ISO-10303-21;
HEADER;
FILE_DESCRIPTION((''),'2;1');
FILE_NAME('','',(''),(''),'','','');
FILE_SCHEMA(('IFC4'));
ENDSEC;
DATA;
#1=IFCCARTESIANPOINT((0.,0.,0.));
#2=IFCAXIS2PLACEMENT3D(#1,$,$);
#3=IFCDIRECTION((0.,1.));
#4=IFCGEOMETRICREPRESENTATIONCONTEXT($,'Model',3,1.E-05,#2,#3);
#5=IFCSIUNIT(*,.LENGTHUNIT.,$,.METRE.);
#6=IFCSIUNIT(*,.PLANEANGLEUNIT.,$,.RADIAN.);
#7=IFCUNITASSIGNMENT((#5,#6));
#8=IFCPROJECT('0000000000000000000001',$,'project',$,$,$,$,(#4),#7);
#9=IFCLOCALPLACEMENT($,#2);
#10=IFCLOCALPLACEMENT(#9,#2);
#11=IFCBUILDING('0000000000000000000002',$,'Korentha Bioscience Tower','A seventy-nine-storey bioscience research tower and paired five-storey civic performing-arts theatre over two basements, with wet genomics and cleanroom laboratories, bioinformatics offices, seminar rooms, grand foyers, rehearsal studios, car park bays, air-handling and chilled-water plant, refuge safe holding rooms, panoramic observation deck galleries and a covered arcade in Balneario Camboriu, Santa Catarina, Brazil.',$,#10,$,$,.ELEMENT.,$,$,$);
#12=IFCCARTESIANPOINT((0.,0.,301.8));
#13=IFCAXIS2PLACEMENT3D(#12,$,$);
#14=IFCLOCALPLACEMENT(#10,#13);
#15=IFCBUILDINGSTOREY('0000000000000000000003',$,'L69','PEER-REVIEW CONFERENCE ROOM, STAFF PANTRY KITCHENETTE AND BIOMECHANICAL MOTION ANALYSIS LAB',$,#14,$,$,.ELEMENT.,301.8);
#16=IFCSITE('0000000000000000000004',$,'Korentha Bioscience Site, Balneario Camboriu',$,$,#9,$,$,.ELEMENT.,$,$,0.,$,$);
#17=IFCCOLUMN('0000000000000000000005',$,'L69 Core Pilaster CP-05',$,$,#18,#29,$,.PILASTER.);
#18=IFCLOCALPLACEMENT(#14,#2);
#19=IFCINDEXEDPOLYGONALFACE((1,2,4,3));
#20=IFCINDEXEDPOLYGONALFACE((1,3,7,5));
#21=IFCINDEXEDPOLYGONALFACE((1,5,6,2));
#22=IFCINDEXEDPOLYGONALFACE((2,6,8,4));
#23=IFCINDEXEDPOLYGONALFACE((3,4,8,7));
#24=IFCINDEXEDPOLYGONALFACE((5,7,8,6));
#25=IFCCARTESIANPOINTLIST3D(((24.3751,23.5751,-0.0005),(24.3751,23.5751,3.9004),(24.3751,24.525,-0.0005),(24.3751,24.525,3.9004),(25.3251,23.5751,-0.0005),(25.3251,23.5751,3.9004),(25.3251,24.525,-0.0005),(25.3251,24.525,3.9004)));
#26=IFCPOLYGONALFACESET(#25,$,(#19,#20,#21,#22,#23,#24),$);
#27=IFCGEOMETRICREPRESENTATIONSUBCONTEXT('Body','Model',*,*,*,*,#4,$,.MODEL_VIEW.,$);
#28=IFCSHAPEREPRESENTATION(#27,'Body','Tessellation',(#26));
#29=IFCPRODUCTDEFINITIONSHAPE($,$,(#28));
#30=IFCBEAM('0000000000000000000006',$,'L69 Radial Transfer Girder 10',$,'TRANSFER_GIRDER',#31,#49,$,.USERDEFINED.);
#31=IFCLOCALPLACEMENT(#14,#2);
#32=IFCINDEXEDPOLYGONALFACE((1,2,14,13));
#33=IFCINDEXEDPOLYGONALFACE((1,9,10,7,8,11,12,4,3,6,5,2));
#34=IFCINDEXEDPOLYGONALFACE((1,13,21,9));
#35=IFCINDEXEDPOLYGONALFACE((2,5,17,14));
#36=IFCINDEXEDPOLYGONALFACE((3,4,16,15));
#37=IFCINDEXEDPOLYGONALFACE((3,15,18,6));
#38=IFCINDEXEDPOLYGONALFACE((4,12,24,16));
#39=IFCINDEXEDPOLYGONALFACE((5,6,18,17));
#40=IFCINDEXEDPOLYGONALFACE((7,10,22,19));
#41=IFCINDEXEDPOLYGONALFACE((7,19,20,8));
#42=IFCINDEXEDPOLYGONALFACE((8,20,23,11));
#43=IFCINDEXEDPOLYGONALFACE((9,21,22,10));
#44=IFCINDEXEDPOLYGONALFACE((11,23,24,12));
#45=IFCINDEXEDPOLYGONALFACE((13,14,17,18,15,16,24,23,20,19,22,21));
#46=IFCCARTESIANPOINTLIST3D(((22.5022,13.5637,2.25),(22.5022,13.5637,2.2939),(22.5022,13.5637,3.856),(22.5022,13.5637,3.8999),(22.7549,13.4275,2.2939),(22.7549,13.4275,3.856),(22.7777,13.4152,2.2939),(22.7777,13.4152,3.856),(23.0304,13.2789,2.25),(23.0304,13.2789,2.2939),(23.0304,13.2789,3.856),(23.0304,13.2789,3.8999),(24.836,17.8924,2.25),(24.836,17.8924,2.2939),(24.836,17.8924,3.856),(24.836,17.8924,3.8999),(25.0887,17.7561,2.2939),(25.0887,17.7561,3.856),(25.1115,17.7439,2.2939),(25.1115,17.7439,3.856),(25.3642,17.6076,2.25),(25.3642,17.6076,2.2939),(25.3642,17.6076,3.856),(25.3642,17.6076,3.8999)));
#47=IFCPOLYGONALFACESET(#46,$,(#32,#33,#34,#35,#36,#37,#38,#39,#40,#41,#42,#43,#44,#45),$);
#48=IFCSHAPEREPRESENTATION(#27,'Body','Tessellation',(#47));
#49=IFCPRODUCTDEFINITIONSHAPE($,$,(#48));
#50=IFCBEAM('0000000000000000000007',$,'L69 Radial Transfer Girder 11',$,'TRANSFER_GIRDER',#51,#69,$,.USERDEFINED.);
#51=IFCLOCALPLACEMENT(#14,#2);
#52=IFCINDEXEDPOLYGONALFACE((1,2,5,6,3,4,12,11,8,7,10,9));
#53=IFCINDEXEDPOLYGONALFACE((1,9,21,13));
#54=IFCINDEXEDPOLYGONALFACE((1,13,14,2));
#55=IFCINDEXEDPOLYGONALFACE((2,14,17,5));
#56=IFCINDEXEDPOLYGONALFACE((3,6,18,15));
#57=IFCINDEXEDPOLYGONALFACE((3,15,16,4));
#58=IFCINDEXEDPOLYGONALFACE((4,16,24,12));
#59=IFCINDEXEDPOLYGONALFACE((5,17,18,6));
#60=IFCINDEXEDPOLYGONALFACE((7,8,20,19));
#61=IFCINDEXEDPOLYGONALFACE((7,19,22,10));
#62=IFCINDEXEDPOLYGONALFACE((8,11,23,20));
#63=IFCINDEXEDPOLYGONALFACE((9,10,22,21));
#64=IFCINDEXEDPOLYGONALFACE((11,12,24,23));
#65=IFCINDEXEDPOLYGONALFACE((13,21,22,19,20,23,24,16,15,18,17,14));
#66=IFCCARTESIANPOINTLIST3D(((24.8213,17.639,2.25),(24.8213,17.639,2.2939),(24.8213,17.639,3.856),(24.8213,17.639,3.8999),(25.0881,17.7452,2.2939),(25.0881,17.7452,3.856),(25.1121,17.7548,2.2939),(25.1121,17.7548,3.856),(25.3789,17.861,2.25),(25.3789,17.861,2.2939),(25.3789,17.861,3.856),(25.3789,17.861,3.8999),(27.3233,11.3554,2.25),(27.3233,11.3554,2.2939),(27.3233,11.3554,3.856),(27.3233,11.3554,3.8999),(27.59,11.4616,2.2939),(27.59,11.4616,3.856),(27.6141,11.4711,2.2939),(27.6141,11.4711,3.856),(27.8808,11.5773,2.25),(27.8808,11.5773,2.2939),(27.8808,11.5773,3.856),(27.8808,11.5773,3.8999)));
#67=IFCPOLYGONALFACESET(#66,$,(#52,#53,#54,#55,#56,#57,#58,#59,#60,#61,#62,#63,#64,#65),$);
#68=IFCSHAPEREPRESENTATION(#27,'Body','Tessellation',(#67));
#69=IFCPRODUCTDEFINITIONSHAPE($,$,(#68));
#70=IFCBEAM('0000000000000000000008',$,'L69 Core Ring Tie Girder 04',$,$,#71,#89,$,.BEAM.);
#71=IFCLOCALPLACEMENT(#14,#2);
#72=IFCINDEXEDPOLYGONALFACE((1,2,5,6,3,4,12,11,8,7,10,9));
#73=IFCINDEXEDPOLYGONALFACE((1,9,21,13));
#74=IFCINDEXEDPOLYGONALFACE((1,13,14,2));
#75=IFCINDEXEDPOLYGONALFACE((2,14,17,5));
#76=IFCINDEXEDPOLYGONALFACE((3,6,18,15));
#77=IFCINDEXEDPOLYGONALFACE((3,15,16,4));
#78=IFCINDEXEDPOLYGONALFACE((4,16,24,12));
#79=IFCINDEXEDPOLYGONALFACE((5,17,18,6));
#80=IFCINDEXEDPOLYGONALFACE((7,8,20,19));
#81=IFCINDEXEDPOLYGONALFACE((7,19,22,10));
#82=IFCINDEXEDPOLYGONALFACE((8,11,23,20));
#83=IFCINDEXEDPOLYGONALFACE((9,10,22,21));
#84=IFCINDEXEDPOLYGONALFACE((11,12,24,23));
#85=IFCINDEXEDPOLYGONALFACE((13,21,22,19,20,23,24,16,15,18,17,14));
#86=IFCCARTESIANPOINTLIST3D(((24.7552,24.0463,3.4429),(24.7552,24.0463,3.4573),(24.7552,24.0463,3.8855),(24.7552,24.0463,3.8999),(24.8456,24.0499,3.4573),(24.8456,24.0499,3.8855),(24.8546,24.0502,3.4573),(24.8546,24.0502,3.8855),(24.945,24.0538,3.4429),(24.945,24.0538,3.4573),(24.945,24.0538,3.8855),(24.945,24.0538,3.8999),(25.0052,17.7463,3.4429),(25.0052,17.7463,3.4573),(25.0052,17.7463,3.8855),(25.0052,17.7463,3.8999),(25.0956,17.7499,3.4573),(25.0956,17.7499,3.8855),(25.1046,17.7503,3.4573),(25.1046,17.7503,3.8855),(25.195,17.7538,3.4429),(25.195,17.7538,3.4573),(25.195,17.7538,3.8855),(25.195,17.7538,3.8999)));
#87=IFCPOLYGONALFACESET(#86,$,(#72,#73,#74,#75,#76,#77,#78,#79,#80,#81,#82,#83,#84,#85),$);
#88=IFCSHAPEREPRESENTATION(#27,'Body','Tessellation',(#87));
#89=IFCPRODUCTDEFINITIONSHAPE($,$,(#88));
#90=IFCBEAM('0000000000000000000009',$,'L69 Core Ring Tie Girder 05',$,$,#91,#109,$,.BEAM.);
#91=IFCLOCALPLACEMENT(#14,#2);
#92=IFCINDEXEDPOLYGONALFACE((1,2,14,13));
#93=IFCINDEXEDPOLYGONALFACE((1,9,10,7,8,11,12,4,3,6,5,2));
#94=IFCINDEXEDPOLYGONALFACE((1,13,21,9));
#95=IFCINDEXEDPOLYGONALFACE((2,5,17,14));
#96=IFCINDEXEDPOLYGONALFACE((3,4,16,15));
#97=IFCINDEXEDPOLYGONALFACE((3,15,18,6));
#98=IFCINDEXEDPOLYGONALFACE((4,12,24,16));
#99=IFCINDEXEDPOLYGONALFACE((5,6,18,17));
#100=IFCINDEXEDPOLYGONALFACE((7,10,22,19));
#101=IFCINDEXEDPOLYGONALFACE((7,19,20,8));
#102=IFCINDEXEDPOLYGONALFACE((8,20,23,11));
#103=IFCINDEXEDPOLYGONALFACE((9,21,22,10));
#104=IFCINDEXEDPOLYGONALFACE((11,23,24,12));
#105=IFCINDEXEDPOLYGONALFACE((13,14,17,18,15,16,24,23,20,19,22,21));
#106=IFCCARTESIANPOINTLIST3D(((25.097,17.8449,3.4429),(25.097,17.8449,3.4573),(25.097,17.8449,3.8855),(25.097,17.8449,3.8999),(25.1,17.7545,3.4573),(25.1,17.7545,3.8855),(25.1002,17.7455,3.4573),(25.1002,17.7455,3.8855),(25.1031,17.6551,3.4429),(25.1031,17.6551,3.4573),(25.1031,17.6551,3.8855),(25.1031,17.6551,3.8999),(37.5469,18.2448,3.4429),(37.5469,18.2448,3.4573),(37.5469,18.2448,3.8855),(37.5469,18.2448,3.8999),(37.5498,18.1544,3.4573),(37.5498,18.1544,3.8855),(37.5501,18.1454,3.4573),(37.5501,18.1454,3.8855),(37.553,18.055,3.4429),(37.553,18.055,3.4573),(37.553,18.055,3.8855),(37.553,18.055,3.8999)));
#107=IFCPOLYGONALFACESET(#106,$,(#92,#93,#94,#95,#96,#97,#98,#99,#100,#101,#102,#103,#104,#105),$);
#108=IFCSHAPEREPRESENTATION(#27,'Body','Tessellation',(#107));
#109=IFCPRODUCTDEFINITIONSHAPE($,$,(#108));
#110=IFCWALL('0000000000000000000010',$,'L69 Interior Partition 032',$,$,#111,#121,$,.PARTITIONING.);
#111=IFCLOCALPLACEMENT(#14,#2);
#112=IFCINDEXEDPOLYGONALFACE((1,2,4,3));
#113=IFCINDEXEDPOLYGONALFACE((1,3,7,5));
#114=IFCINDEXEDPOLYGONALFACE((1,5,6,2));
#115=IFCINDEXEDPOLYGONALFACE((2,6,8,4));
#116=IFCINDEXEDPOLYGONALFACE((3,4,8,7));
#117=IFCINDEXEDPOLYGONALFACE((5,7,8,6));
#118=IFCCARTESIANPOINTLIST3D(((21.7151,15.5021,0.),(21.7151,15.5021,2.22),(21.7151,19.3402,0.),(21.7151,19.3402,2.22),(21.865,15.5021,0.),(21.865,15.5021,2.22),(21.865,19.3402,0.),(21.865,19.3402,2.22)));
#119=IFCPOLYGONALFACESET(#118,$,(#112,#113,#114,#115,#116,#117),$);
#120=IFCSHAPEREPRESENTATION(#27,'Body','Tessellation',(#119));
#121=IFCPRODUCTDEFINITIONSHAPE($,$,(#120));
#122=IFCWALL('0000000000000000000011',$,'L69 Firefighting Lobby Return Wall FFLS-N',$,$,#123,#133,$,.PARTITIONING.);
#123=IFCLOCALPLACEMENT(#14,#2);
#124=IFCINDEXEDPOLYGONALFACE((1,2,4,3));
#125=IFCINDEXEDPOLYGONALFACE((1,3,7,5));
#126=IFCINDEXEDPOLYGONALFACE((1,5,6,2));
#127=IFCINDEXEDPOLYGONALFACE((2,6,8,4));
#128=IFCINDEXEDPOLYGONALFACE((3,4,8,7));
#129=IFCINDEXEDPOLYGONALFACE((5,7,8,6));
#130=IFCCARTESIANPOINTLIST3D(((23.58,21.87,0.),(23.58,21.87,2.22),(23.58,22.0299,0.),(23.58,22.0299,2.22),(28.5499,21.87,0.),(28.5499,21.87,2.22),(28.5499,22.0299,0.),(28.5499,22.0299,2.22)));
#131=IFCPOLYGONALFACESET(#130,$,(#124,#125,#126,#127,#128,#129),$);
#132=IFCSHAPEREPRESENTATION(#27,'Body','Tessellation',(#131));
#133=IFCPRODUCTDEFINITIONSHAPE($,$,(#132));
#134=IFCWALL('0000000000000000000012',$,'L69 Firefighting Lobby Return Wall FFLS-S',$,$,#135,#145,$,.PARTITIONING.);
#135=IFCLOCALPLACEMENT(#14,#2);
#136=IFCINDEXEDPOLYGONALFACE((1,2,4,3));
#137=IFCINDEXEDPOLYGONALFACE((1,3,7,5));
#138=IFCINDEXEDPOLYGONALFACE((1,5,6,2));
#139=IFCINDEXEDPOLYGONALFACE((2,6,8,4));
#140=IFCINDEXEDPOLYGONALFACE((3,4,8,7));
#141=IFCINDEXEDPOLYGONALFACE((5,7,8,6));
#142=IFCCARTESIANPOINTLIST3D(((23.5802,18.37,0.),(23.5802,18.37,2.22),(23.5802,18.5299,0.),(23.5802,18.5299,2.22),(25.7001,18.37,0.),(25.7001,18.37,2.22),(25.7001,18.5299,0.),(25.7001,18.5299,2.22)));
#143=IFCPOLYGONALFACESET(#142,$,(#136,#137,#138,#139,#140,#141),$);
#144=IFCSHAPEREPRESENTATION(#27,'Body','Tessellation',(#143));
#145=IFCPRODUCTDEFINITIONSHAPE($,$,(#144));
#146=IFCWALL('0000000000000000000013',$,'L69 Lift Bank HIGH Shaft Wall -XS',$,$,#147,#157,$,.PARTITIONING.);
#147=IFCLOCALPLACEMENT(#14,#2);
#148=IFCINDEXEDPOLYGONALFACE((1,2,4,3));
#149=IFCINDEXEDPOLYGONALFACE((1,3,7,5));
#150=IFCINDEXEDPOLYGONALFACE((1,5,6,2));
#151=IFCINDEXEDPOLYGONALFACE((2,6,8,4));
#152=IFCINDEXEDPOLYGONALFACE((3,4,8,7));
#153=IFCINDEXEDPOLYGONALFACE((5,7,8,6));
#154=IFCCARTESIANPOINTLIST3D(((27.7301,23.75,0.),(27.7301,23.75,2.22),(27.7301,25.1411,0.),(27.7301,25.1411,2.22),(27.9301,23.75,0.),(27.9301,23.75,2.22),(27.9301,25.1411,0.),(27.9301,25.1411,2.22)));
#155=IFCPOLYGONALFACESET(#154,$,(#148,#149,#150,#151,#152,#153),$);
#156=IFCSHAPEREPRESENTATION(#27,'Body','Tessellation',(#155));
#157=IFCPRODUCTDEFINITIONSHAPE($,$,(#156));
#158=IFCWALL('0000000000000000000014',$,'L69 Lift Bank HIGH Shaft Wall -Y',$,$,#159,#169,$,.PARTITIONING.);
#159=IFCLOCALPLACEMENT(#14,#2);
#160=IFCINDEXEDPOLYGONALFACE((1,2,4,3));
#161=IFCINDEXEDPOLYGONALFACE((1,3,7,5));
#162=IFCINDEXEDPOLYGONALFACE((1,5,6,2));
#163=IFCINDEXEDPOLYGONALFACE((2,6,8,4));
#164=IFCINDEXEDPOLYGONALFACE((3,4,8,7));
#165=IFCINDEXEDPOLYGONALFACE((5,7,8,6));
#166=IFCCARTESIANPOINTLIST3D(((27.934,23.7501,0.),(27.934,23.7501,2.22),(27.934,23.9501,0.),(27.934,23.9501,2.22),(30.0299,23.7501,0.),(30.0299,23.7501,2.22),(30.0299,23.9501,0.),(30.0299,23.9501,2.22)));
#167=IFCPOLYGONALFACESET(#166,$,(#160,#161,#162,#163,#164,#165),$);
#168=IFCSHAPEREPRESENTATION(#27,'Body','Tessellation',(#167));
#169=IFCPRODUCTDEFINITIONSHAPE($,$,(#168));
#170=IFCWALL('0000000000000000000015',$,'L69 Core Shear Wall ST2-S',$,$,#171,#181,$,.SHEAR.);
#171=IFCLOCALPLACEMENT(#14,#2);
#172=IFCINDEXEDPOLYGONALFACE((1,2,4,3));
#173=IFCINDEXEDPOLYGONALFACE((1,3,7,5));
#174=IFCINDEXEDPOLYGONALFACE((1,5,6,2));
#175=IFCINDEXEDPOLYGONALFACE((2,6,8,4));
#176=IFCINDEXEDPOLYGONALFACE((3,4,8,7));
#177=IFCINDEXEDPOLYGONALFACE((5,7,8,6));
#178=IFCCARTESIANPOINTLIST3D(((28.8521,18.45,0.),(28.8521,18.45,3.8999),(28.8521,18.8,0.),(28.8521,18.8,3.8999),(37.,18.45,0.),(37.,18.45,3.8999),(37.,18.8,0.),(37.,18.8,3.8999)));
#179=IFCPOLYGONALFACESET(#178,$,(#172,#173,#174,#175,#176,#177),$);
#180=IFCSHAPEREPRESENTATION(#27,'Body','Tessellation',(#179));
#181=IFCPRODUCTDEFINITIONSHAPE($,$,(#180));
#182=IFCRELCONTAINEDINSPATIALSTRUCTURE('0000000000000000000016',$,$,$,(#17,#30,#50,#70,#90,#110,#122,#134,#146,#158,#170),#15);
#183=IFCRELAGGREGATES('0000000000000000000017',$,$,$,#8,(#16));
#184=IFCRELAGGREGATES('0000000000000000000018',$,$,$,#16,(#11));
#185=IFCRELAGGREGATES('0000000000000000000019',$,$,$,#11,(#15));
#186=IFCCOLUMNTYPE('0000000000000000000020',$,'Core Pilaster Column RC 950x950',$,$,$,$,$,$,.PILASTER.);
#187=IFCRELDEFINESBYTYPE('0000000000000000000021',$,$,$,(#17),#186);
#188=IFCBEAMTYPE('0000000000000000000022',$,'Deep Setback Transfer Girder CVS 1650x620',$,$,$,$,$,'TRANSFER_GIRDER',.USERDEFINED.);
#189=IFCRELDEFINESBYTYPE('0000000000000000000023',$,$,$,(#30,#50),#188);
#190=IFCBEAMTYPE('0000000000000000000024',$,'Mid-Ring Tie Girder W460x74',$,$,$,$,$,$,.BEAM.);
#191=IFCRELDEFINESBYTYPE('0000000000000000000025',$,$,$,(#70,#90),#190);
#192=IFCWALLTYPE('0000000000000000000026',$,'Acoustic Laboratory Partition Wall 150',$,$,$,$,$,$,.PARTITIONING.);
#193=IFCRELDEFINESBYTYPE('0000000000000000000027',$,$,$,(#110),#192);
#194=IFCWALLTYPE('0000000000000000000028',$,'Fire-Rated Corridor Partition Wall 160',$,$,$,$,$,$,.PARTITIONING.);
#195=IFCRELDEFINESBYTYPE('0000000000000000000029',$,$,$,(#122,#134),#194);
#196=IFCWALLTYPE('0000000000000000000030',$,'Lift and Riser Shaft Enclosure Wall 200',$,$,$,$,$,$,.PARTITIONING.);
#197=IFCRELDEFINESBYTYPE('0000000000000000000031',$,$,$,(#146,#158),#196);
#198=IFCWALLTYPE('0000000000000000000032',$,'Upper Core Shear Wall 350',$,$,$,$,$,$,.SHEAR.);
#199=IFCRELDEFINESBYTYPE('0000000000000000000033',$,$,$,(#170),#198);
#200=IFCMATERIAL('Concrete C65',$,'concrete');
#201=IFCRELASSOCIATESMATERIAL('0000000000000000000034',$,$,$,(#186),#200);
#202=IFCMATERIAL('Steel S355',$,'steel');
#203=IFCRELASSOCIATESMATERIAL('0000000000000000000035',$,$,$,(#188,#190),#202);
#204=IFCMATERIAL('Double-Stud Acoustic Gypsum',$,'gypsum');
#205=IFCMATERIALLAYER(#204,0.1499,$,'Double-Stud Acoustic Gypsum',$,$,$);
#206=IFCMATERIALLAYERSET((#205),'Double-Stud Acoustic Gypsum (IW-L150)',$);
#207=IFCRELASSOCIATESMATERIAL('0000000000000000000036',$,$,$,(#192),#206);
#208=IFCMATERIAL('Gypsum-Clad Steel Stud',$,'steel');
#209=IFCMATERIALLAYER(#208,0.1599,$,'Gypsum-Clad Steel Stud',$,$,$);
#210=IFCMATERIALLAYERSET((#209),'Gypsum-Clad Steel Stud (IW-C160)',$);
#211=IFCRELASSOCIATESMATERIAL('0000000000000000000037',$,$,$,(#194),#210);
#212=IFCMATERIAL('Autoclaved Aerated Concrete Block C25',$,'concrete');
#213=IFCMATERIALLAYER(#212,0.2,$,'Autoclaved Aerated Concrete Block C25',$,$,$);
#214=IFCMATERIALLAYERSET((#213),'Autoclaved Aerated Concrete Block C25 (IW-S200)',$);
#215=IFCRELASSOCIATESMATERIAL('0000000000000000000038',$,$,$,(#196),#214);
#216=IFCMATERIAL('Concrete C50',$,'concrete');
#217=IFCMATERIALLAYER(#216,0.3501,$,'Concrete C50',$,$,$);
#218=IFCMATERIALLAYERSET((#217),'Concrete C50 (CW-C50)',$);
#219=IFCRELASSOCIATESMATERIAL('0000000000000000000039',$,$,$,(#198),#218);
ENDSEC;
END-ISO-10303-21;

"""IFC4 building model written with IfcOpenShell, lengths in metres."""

from ifc_helpers import new_model, si_unit, direction, frame, frame_2d, origin, origin_2d, place, context, subcontext, project, spatial, rectangle, i_section, extrude, material, layer, layer_set, material_profile, profile_set, type_object, element, save


model = new_model("IFC4")

# Units and contexts
model_context = context("Model", 3, precision=1e-05, world=origin(), true_north=direction((0.0, 1.0)))
body_context = subcontext(model_context, "Body", "Model", "MODEL_VIEW")
ifc_project = project(units=[si_unit("LENGTHUNIT", "METRE"), si_unit("PLANEANGLEUNIT", "RADIAN")], contexts=[model_context])

# Site, building, storey
site_placement = place(None, origin())
site = spatial("IfcSite", under=ifc_project, at=site_placement, Name="Korentha Bioscience Site, Balneario Camboriu", CompositionType="ELEMENT", RefElevation=0.0)
building_placement = place(site_placement, origin())
building = spatial("IfcBuilding", under=site, at=building_placement, Name="Korentha Bioscience Tower", Description="A seventy-nine-storey bioscience research tower and paired five-storey civic performing-arts theatre over two basements, with wet genomics and cleanroom laboratories, bioinformatics offices, seminar rooms, grand foyers, rehearsal studios, car park bays, air-handling and chilled-water plant, refuge safe holding rooms, panoramic observation deck galleries and a covered arcade in Balneario Camboriu, Santa Catarina, Brazil.", CompositionType="ELEMENT")
storey_placement = place(building_placement, frame((0.0, 0.0, 301.8)))
storey = spatial("IfcBuildingStorey", under=building, at=storey_placement, Name="L69", Description="PEER-REVIEW CONFERENCE ROOM, STAFF PANTRY KITCHENETTE AND BIOMECHANICAL MOTION ANALYSIS LAB", CompositionType="ELEMENT", Elevation=301.8)

# Column
ifc_material_1 = material(Name="Concrete C65", Category="concrete")
ifc_material_profile_1 = material_profile(ifc_material_1, rectangle(XDim=0.95, YDim=0.95, at=origin_2d()), Name="Concrete C65")
ifc_profile_set_1 = profile_set([ifc_material_profile_1], Name="Concrete C65 (COL-CP09)")
column_type = type_object("IfcColumnType", Name="Core Pilaster Column RC 950x950", PredefinedType="PILASTER", material=ifc_profile_set_1)
column_placement = place(storey_placement, frame((24.8501, 24.05, -0.0005), z_axis=(0.0, 0.0, 1.0), x_axis=(1.0, 0.0, 0.0)))
element("IfcColumn", 1, at=column_placement, inside=storey, type_object=column_type, Name="L69 Core Pilaster CP-05", PredefinedType="PILASTER", context=body_context, shape_type="SweptSolid", body=[
    extrude(rectangle(XDim=0.95, YDim=0.95, at=origin_2d()), origin(), (0.0, 0.0, 1.0), 3.9009),
])

# Beams
ifc_material_2 = material(Name="Steel S355", Category="steel")
ifc_material_profile_2 = material_profile(ifc_material_2, i_section(OverallWidth=0.6001, OverallDepth=1.6499, WebThickness=0.0259, FlangeThickness=0.0439, at=origin_2d()), Name="Steel S355")
ifc_profile_set_2 = profile_set([ifc_material_profile_2], Name="Steel S355 (TG-04)")
beam_type_1 = type_object("IfcBeamType", Name="Deep Setback Transfer Girder CVS 1650x620", ElementType="TRANSFER_GIRDER", PredefinedType="USERDEFINED", material=ifc_profile_set_2)
beam_1_placement = place(storey_placement, frame((25.1001, 17.75, 3.075), z_axis=(-0.474565, -0.880221, 0.0), x_axis=(0.880221, -0.474565, 0.0)))
element("IfcBeam", 2, at=beam_1_placement, inside=storey, type_object=beam_type_1, Name="L69 Radial Transfer Girder 10", ObjectType="TRANSFER_GIRDER", PredefinedType="USERDEFINED", context=body_context, shape_type="SweptSolid", body=[
    extrude(i_section(OverallWidth=0.6001, OverallDepth=1.6499, WebThickness=0.0259, FlangeThickness=0.0439, at=origin_2d()), origin(), (0.0, 0.0, 1.0), 4.9177),
])
beam_2_placement = place(storey_placement, frame((25.1001, 17.75, 3.075), z_axis=(0.369921, -0.929063, 0.0), x_axis=(0.929063, 0.369921, 0.0)))
element("IfcBeam", 3, at=beam_2_placement, inside=storey, type_object=beam_type_1, Name="L69 Radial Transfer Girder 11", ObjectType="TRANSFER_GIRDER", PredefinedType="USERDEFINED", context=body_context, shape_type="SweptSolid", body=[
    extrude(i_section(OverallWidth=0.6001, OverallDepth=1.6499, WebThickness=0.0259, FlangeThickness=0.0439, at=origin_2d()), origin(), (0.0, 0.0, 1.0), 6.7634),
])
ifc_material_profile_3 = material_profile(ifc_material_2, i_section(OverallWidth=0.1899, OverallDepth=0.457, WebThickness=0.009, FlangeThickness=0.0144, at=origin_2d()), Name="Steel S355")
ifc_profile_set_3 = profile_set([ifc_material_profile_3], Name="Steel S355 (MB-460)")
beam_type_2 = type_object("IfcBeamType", Name="Mid-Ring Tie Girder W460x74", PredefinedType="BEAM", material=ifc_profile_set_3)
beam_3_placement = place(storey_placement, frame((24.8501, 24.05, 3.6714), z_axis=(0.039651, -0.999214, 0.0), x_axis=(0.999214, 0.039651, 0.0)))
element("IfcBeam", 4, at=beam_3_placement, inside=storey, type_object=beam_type_2, Name="L69 Core Ring Tie Girder 04", PredefinedType="BEAM", context=body_context, shape_type="SweptSolid", body=[
    extrude(i_section(OverallWidth=0.1899, OverallDepth=0.457, WebThickness=0.009, FlangeThickness=0.0144, at=origin_2d()), origin(), (0.0, 0.0, 1.0), 6.3049),
])
beam_4_placement = place(storey_placement, frame((25.1001, 17.75, 3.6714), z_axis=(0.999485, 0.032104, 0.0), x_axis=(-0.032104, 0.999485, 0.0)))
element("IfcBeam", 5, at=beam_4_placement, inside=storey, type_object=beam_type_2, Name="L69 Core Ring Tie Girder 05", PredefinedType="BEAM", context=body_context, shape_type="SweptSolid", body=[
    extrude(i_section(OverallWidth=0.1899, OverallDepth=0.457, WebThickness=0.009, FlangeThickness=0.0144, at=origin_2d()), origin(), (0.0, 0.0, 1.0), 12.4563),
])

# Wall
ifc_material_3 = material(Name="Double-Stud Acoustic Gypsum", Category="gypsum")
ifc_layer_1 = layer(ifc_material_3, 0.1499, Name="Double-Stud Acoustic Gypsum")
ifc_layer_set_1 = layer_set([ifc_layer_1], Name="Double-Stud Acoustic Gypsum (IW-L150)")
wall_type_1 = type_object("IfcWallType", Name="Acoustic Laboratory Partition Wall 150", PredefinedType="PARTITIONING", material=ifc_layer_set_1)
wall_1_placement = place(storey_placement, frame((21.79, 19.3401, 0.0), z_axis=(0.0, 0.0, 1.0), x_axis=(0.0, -1.0, 0.0)))
element("IfcWall", 6, at=wall_1_placement, inside=storey, type_object=wall_type_1, Name="L69 Interior Partition 032", PredefinedType="PARTITIONING", context=body_context, shape_type="SweptSolid", body=[
    extrude(rectangle(XDim=3.8381, YDim=0.1499, at=frame_2d((1.9189, 0.0))), origin(), (0.0, 0.0, 1.0), 2.22),
])

# Shared definitions
ifc_material_4 = material(Name="Gypsum-Clad Steel Stud", Category="steel")
ifc_layer_2 = layer(ifc_material_4, 0.1599, Name="Gypsum-Clad Steel Stud")
ifc_layer_set_2 = layer_set([ifc_layer_2], Name="Gypsum-Clad Steel Stud (IW-C160)")
wall_type_2 = type_object("IfcWallType", Name="Fire-Rated Corridor Partition Wall 160", PredefinedType="PARTITIONING", material=ifc_layer_set_2)

# Walls
wall_2_placement = place(storey_placement, frame((23.5801, 21.95, 0.0), z_axis=(0.0, 0.0, 1.0), x_axis=(1.0, 0.0, 0.0)))
element("IfcWall", 7, at=wall_2_placement, inside=storey, type_object=wall_type_2, Name="L69 Firefighting Lobby Return Wall FFLS-N", PredefinedType="PARTITIONING", context=body_context, shape_type="SweptSolid", body=[
    extrude(rectangle(XDim=4.97, YDim=0.1599, at=frame_2d((2.4849, 0.0))), origin(), (0.0, 0.0, 1.0), 2.22),
])
wall_3_placement = place(storey_placement, frame((23.5801, 18.45, 0.0), z_axis=(0.0, 0.0, 1.0), x_axis=(1.0, 0.0, 0.0)))
element("IfcWall", 8, at=wall_3_placement, inside=storey, type_object=wall_type_2, Name="L69 Firefighting Lobby Return Wall FFLS-S", PredefinedType="PARTITIONING", context=body_context, shape_type="SweptSolid", body=[
    extrude(rectangle(XDim=2.1199, YDim=0.1599, at=frame_2d((1.0601, 0.0))), origin(), (0.0, 0.0, 1.0), 2.22),
])

# Walls
ifc_material_5 = material(Name="Autoclaved Aerated Concrete Block C25", Category="concrete")
ifc_layer_3 = layer(ifc_material_5, 0.2, Name="Autoclaved Aerated Concrete Block C25")
ifc_layer_set_3 = layer_set([ifc_layer_3], Name="Autoclaved Aerated Concrete Block C25 (IW-S200)")
wall_type_3 = type_object("IfcWallType", Name="Lift and Riser Shaft Enclosure Wall 200", PredefinedType="PARTITIONING", material=ifc_layer_set_3)
wall_4_placement = place(storey_placement, frame((27.8301, 23.75, 0.0), z_axis=(0.0, 0.0, 1.0), x_axis=(0.0, 1.0, 0.0)))
element("IfcWall", 9, at=wall_4_placement, inside=storey, type_object=wall_type_3, Name="L69 Lift Bank HIGH Shaft Wall -XS", PredefinedType="PARTITIONING", context=body_context, shape_type="SweptSolid", body=[
    extrude(rectangle(XDim=1.3911, YDim=0.2, at=frame_2d((0.6956, 0.0))), origin(), (0.0, 0.0, 1.0), 2.22),
])
wall_5_placement = place(storey_placement, frame((27.9341, 23.8501, 0.0), z_axis=(0.0, 0.0, 1.0), x_axis=(1.0, 0.0, 0.0)))
element("IfcWall", 10, at=wall_5_placement, inside=storey, type_object=wall_type_3, Name="L69 Lift Bank HIGH Shaft Wall -Y", PredefinedType="PARTITIONING", context=body_context, shape_type="SweptSolid", body=[
    extrude(rectangle(XDim=2.0959, YDim=0.2, at=frame_2d((1.0479, 0.0))), origin(), (0.0, 0.0, 1.0), 2.22),
])
ifc_material_6 = material(Name="Concrete C50", Category="concrete")
ifc_layer_4 = layer(ifc_material_6, 0.3501, Name="Concrete C50")
ifc_layer_set_4 = layer_set([ifc_layer_4], Name="Concrete C50 (CW-C50)")
wall_type_4 = type_object("IfcWallType", Name="Upper Core Shear Wall 350", PredefinedType="SHEAR", material=ifc_layer_set_4)
wall_6_placement = place(storey_placement, frame((28.8521, 18.625, 0.0), z_axis=(0.0, 0.0, 1.0), x_axis=(1.0, 0.0, 0.0)))
element("IfcWall", 11, at=wall_6_placement, inside=storey, type_object=wall_type_4, Name="L69 Core Shear Wall ST2-S", PredefinedType="SHEAR", context=body_context, shape_type="SweptSolid", body=[
    extrude(rectangle(XDim=8.1479, YDim=0.3501, at=frame_2d((4.074, 0.0))), origin(), (0.0, 0.0, 1.0), 3.8999),
])

save(model, "model.ifc")
